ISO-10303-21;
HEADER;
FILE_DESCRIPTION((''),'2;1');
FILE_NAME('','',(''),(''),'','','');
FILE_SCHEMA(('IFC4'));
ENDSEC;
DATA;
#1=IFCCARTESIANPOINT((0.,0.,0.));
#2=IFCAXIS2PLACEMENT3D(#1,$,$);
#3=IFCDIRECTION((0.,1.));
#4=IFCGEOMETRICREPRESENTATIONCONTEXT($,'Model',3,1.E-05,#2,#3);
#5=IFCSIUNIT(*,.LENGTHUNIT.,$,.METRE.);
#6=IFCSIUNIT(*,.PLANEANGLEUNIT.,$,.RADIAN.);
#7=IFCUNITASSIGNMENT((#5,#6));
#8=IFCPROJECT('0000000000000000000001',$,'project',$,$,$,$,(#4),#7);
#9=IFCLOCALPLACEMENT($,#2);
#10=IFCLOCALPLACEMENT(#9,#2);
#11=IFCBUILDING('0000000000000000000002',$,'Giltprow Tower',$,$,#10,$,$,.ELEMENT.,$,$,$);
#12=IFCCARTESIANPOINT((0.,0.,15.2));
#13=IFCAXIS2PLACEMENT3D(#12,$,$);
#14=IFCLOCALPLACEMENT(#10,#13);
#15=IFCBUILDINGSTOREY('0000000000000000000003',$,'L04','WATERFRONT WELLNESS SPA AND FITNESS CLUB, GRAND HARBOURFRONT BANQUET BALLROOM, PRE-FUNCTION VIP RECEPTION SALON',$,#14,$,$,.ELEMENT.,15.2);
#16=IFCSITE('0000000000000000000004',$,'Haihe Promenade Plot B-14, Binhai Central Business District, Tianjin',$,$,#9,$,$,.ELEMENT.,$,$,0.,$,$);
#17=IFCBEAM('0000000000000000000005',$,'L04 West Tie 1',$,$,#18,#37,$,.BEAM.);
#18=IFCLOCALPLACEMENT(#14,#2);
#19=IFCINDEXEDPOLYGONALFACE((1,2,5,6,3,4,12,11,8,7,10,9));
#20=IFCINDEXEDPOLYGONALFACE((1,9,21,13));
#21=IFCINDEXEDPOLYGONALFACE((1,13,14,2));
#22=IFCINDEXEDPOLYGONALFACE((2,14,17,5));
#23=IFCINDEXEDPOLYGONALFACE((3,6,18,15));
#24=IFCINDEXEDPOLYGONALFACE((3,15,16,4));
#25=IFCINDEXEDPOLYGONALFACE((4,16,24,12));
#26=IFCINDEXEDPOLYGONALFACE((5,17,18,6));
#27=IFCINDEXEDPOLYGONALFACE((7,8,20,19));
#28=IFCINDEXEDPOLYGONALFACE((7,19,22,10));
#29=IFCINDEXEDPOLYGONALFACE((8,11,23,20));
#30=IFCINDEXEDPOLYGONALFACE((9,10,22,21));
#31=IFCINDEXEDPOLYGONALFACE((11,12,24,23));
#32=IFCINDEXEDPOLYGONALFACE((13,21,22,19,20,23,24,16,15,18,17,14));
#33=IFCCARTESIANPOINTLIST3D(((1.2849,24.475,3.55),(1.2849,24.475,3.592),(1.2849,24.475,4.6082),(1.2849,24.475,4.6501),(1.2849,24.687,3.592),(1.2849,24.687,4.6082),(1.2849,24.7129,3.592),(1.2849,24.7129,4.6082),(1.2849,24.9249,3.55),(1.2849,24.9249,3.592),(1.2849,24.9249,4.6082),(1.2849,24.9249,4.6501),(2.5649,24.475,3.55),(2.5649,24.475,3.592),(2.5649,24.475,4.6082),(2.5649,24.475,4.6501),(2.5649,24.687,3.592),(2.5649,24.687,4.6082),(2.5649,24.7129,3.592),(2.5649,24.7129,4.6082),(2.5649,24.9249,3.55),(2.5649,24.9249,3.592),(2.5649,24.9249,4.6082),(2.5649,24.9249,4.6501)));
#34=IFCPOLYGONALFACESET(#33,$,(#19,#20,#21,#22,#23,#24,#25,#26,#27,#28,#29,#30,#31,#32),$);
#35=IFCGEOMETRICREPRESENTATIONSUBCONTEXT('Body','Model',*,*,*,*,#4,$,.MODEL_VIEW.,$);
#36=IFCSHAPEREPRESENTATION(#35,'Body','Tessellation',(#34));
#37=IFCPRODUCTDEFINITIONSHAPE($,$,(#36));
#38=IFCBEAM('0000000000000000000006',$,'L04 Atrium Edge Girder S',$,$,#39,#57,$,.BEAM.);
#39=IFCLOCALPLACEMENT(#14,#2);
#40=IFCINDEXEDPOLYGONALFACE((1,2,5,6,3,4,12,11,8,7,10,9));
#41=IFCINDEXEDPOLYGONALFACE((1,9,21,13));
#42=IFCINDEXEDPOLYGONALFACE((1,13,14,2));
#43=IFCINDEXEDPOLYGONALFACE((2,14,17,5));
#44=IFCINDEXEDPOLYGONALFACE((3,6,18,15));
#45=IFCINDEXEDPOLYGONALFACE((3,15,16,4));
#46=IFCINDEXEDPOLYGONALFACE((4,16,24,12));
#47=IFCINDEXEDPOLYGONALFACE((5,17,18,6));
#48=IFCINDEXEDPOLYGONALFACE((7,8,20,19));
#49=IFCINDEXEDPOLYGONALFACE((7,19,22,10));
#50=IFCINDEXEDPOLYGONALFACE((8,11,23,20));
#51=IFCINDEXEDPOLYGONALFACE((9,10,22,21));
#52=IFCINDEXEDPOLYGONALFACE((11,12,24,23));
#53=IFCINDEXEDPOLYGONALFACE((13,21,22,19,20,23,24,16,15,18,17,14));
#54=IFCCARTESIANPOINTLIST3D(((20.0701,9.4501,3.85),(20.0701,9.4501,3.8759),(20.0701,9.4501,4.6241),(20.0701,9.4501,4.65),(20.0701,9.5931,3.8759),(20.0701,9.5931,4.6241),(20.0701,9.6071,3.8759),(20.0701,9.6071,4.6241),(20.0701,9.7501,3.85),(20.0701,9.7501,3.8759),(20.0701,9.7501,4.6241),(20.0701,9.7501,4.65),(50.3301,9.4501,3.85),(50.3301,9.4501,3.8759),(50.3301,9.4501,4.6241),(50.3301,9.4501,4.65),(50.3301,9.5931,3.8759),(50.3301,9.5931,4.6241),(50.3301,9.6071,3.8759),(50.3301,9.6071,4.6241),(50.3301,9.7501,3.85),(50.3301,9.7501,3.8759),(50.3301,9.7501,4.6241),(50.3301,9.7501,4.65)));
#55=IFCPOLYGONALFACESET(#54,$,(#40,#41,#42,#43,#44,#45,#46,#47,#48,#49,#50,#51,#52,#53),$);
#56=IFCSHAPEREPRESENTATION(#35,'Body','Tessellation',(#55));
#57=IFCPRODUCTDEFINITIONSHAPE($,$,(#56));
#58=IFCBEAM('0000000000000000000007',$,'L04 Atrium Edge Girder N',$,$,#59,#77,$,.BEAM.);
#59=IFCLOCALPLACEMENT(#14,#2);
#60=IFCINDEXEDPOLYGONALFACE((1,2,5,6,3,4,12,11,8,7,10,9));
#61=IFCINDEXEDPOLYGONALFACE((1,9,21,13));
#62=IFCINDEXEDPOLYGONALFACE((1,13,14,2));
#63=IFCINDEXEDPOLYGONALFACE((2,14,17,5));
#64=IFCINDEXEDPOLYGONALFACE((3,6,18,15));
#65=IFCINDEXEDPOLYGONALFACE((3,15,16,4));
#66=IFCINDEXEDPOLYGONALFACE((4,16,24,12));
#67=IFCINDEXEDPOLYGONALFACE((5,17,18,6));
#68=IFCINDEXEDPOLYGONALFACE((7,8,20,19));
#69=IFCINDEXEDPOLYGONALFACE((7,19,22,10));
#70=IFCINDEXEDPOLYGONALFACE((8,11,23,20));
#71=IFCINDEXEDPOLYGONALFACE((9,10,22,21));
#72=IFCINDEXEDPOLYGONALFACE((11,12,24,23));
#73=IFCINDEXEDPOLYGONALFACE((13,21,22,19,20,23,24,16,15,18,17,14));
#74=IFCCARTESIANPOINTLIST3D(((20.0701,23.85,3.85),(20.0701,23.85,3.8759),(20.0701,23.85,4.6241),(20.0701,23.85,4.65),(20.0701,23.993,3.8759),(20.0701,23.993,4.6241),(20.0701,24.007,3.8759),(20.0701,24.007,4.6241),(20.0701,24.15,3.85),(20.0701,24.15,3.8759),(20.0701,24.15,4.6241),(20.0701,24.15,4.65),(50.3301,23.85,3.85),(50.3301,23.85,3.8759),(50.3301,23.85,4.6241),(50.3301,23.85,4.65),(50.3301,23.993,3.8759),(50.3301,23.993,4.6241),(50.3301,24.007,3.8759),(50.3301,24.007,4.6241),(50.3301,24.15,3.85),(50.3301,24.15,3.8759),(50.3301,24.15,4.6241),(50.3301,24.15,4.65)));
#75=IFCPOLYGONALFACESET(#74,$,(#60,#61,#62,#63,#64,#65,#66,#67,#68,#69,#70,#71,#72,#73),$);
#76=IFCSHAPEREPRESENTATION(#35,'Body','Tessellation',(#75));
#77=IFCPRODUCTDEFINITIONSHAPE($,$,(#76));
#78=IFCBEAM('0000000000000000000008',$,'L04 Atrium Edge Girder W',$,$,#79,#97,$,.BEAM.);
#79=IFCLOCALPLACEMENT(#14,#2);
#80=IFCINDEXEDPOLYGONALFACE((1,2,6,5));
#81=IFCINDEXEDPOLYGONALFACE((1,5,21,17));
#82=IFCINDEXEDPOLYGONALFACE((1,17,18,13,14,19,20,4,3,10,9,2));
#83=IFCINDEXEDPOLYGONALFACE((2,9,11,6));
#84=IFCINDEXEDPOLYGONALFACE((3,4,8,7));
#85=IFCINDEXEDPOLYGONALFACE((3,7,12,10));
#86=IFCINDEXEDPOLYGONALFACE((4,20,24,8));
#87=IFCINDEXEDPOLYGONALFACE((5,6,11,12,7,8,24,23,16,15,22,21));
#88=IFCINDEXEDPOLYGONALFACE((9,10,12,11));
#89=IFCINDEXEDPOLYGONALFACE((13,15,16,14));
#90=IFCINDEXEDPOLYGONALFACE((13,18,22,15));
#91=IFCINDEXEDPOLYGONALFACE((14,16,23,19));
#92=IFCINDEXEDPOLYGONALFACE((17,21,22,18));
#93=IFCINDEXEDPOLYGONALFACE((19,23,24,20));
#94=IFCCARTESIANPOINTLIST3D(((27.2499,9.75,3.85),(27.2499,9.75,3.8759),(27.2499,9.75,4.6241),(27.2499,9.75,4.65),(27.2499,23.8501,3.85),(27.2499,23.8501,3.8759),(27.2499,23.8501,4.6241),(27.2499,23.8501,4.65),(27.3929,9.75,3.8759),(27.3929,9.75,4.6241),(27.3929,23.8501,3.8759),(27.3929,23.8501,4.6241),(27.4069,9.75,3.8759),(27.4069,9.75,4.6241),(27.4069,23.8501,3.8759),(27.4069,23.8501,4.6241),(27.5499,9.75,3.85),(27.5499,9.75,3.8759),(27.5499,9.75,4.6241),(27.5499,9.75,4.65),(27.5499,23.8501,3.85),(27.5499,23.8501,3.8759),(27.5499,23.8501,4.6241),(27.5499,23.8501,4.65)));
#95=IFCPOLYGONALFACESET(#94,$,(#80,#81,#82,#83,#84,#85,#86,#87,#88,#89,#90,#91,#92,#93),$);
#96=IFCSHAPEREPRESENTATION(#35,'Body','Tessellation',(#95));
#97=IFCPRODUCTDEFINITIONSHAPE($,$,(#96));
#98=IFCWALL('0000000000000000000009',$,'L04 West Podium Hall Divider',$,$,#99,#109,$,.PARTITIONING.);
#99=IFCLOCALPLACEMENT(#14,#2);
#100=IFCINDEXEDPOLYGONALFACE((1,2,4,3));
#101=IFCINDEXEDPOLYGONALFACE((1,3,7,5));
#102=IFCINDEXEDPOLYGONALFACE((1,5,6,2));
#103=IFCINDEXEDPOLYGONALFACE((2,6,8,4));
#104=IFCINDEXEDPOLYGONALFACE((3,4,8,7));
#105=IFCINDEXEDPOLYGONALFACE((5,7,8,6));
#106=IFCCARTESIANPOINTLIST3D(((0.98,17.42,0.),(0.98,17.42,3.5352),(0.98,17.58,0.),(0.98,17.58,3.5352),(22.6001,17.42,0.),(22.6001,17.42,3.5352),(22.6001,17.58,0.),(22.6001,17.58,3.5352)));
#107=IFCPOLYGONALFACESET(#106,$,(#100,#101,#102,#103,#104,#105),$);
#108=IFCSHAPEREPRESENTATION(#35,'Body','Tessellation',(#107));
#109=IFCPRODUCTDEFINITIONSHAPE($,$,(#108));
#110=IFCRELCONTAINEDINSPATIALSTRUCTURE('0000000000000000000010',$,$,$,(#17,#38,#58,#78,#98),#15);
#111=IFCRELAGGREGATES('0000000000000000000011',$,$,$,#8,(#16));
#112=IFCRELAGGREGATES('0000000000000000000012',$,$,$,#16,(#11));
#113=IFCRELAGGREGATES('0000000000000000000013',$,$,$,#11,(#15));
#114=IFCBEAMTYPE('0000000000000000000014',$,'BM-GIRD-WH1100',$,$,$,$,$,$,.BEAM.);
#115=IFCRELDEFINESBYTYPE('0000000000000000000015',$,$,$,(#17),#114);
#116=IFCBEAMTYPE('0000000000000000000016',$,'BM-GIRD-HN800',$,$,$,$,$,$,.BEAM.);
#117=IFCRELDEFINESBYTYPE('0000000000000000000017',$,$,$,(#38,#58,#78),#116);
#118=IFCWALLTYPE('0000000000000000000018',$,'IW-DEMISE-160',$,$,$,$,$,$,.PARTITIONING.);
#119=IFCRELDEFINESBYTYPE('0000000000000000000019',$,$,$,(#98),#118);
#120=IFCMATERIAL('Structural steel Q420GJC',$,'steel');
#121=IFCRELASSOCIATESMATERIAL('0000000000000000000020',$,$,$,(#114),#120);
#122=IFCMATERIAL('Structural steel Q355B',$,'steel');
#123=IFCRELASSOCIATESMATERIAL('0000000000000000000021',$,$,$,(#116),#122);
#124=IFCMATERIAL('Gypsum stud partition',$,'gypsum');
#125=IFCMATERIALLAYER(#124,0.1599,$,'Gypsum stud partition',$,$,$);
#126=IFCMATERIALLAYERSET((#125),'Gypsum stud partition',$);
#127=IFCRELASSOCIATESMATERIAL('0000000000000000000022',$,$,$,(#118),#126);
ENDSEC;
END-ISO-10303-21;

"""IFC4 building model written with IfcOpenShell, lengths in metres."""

from ifc_helpers import new_model, si_unit, direction, frame, frame_2d, origin, origin_2d, place, context, subcontext, project, spatial, rectangle, i_section, extrude, source, transform, mapped, material, layer, layer_set, material_profile, profile_set, type_object, element, save


model = new_model("IFC4")

# Units and contexts
model_context = context("Model", 3, precision=1e-05, world=origin(), true_north=direction((0.0, 1.0)))
body_context = subcontext(model_context, "Body", "Model", "MODEL_VIEW")
ifc_project = project(units=[si_unit("LENGTHUNIT", "METRE"), si_unit("PLANEANGLEUNIT", "RADIAN")], contexts=[model_context])

# Site, building, storey
site_placement = place(None, origin())
site = spatial("IfcSite", under=ifc_project, at=site_placement, Name="Haihe Promenade Plot B-14, Binhai Central Business District, Tianjin", CompositionType="ELEMENT", RefElevation=0.0)
building_placement = place(site_placement, origin())
building = spatial("IfcBuilding", under=site, at=building_placement, Name="Giltprow Tower", CompositionType="ELEMENT")
storey_placement = place(building_placement, frame((0.0, 0.0, 15.2)))
storey = spatial("IfcBuildingStorey", under=building, at=storey_placement, Name="L04", Description="WATERFRONT WELLNESS SPA AND FITNESS CLUB, GRAND HARBOURFRONT BANQUET BALLROOM, PRE-FUNCTION VIP RECEPTION SALON", CompositionType="ELEMENT", Elevation=15.2)

# Shared definitions
ifc_material_1 = material(Name="Structural steel Q420GJC", Category="steel")

# Beams
ifc_material_profile_1 = material_profile(ifc_material_1, i_section(OverallWidth=0.45, OverallDepth=1.1001, WebThickness=0.0259, FlangeThickness=0.042, at=origin_2d()), Name="WH 1100x450x26x42")
ifc_profile_set_1 = profile_set([ifc_material_profile_1], Name="Structural steel Q420GJC")
beam_type_1 = type_object("IfcBeamType", Name="BM-GIRD-WH1100", PredefinedType="BEAM", material=ifc_profile_set_1)
shared_shape_1 = source(origin(), body_context, "Body", "SweptSolid", [
    extrude(i_section(OverallWidth=0.45, OverallDepth=1.1001, WebThickness=0.0259, FlangeThickness=0.042, at=origin_2d()), origin(), (0.0, 0.0, 1.0), 1.28),
])
beam_1_placement = place(storey_placement, frame((1.2849, 24.7, 4.1001), z_axis=(1.0, 0.0, 0.0), x_axis=(0.0, 1.0, 0.0)))
element("IfcBeam", 1, at=beam_1_placement, inside=storey, type_object=beam_type_1, Name="L04 West Tie 1", PredefinedType="BEAM", context=body_context, shape_type="MappedRepresentation", body=[
    mapped(shared_shape_1, transform((0.0, 0.0, 0.0), x_axis=(1.0, 0.0, 0.0), y_axis=(0.0, 1.0, 0.0), z_axis=(0.0, 0.0, 1.0), scale=1.0)),
])
ifc_material_2 = material(Name="Structural steel Q355B", Category="steel")
ifc_material_profile_2 = material_profile(ifc_material_2, i_section(OverallWidth=0.3, OverallDepth=0.8, WebThickness=0.0139, FlangeThickness=0.0259, at=origin_2d()), Name="HN 800x300x14x26")
ifc_profile_set_2 = profile_set([ifc_material_profile_2], Name="Structural steel Q355B")
beam_type_2 = type_object("IfcBeamType", Name="BM-GIRD-HN800", PredefinedType="BEAM", material=ifc_profile_set_2)
shared_shape_2 = source(origin(), body_context, "Body", "SweptSolid", [
    extrude(i_section(OverallWidth=0.3, OverallDepth=0.8, WebThickness=0.0139, FlangeThickness=0.0259, at=origin_2d()), origin(), (0.0, 0.0, 1.0), 30.26),
])
for number, where, z_axis, x_axis, name in (
    (2, (20.0701, 9.6001, 4.25), (1.0, 0.0, 0.0), (0.0, 1.0, 0.0), "L04 Atrium Edge Girder S"),
    (3, (20.0701, 24.0, 4.25), (1.0, 0.0, 0.0), (0.0, 1.0, 0.0), "L04 Atrium Edge Girder N"),
):
    element("IfcBeam", number, at=place(storey_placement, frame(where, z_axis=z_axis, x_axis=x_axis)), inside=storey, type_object=beam_type_2, Name=name, PredefinedType="BEAM", context=body_context, shape_type="MappedRepresentation", body=[
        mapped(shared_shape_2, transform((0.0, 0.0, 0.0), x_axis=(1.0, 0.0, 0.0), y_axis=(0.0, 1.0, 0.0), z_axis=(0.0, 0.0, 1.0), scale=1.0)),
    ])
shared_shape_3 = source(origin(), body_context, "Body", "SweptSolid", [
    extrude(i_section(OverallWidth=0.3, OverallDepth=0.8, WebThickness=0.0139, FlangeThickness=0.0259, at=origin_2d()), origin(), (0.0, 0.0, 1.0), 14.1001),
])
beam_2_placement = place(storey_placement, frame((27.3999, 9.75, 4.25), z_axis=(0.0, 1.0, 0.0), x_axis=(-1.0, 0.0, 0.0)))
element("IfcBeam", 4, at=beam_2_placement, inside=storey, type_object=beam_type_2, Name="L04 Atrium Edge Girder W", PredefinedType="BEAM", context=body_context, shape_type="MappedRepresentation", body=[
    mapped(shared_shape_3, transform((0.0, 0.0, 0.0), x_axis=(1.0, 0.0, 0.0), y_axis=(0.0, 1.0, 0.0), z_axis=(0.0, 0.0, 1.0), scale=1.0)),
])

# Wall
ifc_material_3 = material(Name="Gypsum stud partition", Category="gypsum")
ifc_layer = layer(ifc_material_3, 0.1599, Name="Gypsum stud partition")
ifc_layer_set = layer_set([ifc_layer], Name="Gypsum stud partition")
wall_type = type_object("IfcWallType", Name="IW-DEMISE-160", PredefinedType="PARTITIONING", material=ifc_layer_set)
wall_placement = place(storey_placement, frame((0.98, 17.5, 0.0), z_axis=(0.0, 0.0, 1.0), x_axis=(1.0, 0.0, 0.0)))
element("IfcWall", 5, at=wall_placement, inside=storey, type_object=wall_type, Name="L04 West Podium Hall Divider", PredefinedType="PARTITIONING", context=body_context, shape_type="SweptSolid", body=[
    extrude(rectangle(XDim=21.6201, YDim=0.1599, at=frame_2d((10.8101, 0.0))), origin(), (0.0, 0.0, 1.0), 3.5352),
])

save(model, "model.ifc")
